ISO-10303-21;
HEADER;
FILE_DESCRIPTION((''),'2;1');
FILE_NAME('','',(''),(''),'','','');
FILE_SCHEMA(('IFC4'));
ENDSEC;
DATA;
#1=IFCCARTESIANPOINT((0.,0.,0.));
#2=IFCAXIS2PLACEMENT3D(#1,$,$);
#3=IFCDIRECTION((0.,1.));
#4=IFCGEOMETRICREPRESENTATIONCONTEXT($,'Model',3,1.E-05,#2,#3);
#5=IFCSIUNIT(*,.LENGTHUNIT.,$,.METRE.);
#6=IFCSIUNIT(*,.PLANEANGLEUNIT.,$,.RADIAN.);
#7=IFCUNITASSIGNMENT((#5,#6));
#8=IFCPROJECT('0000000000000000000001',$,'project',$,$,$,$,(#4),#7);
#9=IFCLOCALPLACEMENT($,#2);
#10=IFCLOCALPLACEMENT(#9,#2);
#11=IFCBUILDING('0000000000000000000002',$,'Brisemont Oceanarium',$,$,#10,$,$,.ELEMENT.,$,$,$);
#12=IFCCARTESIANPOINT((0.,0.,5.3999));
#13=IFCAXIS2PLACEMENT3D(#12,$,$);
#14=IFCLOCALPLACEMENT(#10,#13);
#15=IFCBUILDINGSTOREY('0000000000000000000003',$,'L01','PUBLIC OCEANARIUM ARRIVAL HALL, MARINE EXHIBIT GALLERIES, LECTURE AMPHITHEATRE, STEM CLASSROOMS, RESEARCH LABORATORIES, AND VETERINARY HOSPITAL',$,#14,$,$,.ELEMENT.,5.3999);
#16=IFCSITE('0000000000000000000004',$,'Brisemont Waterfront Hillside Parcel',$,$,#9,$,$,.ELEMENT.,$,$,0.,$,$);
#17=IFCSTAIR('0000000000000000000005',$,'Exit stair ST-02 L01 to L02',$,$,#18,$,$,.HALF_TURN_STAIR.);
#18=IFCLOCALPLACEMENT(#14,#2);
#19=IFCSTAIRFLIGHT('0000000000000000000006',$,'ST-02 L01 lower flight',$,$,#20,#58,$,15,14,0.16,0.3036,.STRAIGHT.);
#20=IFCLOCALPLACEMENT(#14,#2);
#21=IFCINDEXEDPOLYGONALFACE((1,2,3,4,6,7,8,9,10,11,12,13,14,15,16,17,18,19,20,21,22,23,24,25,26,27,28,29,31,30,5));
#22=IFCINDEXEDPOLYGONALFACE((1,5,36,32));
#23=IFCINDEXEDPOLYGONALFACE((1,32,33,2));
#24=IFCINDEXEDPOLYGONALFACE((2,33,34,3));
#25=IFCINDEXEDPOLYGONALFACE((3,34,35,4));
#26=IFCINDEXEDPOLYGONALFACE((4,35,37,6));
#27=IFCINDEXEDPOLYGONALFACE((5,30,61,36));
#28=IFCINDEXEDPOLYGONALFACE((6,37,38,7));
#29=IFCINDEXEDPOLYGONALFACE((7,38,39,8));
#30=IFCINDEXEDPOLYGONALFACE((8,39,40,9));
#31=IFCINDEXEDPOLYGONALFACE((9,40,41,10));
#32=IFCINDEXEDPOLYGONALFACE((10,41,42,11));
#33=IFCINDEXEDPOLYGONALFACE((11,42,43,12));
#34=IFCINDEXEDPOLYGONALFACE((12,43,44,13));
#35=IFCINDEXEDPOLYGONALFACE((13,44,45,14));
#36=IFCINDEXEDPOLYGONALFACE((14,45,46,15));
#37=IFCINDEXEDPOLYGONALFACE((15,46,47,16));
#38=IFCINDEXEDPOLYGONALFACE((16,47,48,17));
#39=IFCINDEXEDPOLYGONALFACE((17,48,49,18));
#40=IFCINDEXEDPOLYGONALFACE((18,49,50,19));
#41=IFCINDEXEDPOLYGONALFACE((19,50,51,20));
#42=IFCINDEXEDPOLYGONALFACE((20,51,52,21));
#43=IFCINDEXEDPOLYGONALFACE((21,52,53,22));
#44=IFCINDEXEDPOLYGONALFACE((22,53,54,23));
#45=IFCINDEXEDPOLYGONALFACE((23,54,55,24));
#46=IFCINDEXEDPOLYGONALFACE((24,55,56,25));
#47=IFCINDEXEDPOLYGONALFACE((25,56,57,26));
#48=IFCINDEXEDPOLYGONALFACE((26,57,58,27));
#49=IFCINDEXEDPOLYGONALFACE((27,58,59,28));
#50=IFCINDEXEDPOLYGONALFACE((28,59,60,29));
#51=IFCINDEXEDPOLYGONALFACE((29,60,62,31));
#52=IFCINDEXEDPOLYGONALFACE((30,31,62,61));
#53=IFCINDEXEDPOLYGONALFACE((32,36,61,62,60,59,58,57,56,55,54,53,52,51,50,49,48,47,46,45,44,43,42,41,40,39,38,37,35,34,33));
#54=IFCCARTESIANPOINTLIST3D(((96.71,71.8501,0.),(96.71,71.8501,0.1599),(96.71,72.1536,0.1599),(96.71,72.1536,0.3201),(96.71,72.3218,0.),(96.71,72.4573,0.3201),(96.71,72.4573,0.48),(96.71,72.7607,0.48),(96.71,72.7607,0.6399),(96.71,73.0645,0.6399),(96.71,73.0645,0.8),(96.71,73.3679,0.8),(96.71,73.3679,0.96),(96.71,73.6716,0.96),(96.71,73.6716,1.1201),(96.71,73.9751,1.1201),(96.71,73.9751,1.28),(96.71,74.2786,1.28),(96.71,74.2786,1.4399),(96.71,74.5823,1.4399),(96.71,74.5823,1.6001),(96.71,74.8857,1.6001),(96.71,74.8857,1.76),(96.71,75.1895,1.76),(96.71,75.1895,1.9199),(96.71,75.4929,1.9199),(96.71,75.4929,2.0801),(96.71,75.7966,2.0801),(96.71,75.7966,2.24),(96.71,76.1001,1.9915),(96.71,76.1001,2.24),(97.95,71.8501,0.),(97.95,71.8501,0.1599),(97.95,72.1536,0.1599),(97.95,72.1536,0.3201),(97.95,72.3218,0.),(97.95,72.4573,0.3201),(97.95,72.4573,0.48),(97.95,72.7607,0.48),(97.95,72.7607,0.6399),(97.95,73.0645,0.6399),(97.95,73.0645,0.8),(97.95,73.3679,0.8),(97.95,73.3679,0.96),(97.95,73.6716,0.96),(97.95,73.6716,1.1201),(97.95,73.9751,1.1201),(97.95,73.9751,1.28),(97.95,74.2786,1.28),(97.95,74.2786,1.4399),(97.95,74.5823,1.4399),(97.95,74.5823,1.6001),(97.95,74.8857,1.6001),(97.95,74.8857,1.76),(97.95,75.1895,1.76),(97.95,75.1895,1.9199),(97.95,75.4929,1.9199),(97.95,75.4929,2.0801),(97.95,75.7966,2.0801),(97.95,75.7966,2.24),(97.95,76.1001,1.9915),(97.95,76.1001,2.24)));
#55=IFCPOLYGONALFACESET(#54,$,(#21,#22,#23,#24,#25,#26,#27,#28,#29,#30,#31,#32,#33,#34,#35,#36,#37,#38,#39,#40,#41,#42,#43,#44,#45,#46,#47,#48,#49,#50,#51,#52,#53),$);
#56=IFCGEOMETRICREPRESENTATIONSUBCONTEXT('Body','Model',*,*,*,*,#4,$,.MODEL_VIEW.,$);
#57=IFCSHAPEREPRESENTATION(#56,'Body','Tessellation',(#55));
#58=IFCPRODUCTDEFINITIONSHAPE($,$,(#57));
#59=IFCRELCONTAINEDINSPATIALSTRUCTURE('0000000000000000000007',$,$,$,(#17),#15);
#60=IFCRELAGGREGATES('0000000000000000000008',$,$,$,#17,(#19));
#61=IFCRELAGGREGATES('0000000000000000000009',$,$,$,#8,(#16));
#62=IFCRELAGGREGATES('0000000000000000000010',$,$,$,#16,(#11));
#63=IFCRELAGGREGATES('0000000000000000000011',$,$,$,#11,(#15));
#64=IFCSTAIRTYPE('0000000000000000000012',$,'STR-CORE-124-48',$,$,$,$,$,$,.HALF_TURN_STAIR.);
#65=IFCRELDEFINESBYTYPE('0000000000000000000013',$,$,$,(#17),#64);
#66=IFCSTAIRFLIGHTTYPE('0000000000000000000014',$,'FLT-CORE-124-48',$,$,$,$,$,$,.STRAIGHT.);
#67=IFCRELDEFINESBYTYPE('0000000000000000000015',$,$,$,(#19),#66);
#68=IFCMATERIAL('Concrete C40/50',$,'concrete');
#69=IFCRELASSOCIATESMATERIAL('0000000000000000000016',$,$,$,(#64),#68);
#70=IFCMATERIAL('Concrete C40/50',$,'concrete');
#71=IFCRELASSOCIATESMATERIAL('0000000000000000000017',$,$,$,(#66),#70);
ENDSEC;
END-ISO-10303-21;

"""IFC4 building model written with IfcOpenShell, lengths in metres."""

from ifc_helpers import new_model, si_unit, direction, frame, origin, place, context, subcontext, project, spatial, polyline, outline, extrude, material, type_object, element, aggregate, save


model = new_model("IFC4")

# Units and contexts
model_context = context("Model", 3, precision=1e-05, world=origin(), true_north=direction((0.0, 1.0)))
body_context = subcontext(model_context, "Body", "Model", "MODEL_VIEW")
ifc_project = project(units=[si_unit("LENGTHUNIT", "METRE"), si_unit("PLANEANGLEUNIT", "RADIAN")], contexts=[model_context])

# Site, building, storey
site_placement = place(None, origin())
site = spatial("IfcSite", under=ifc_project, at=site_placement, Name="Brisemont Waterfront Hillside Parcel", CompositionType="ELEMENT", RefElevation=0.0)
building_placement = place(site_placement, origin())
building = spatial("IfcBuilding", under=site, at=building_placement, Name="Brisemont Oceanarium", CompositionType="ELEMENT")
storey_placement = place(building_placement, frame((0.0, 0.0, 5.3999)))
storey = spatial("IfcBuildingStorey", under=building, at=storey_placement, Name="L01", Description="PUBLIC OCEANARIUM ARRIVAL HALL, MARINE EXHIBIT GALLERIES, LECTURE AMPHITHEATRE, STEM CLASSROOMS, RESEARCH LABORATORIES, AND VETERINARY HOSPITAL", CompositionType="ELEMENT", Elevation=5.3999)

# Stair, stair flight
ifc_material_1 = material(Name="Concrete C40/50", Category="concrete")
stair_type = type_object("IfcStairType", Name="STR-CORE-124-48", PredefinedType="HALF_TURN_STAIR", material=ifc_material_1)
stair_placement = place(storey_placement, origin())
stair = element("IfcStair", 1, at=stair_placement, inside=storey, type_object=stair_type, Name="Exit stair ST-02 L01 to L02", PredefinedType="HALF_TURN_STAIR")
ifc_material_2 = material(Name="Concrete C40/50", Category="concrete")
stair_flight_type = type_object("IfcStairFlightType", Name="FLT-CORE-124-48", PredefinedType="STRAIGHT", material=ifc_material_2)
stair_flight_placement = place(storey_placement, frame((97.3301, 71.8501, 0.0), z_axis=(0.0, 0.0, 1.0), x_axis=(0.0, 1.0, 0.0)))
stair_flight = element("IfcStairFlight", 2, at=stair_flight_placement, type_object=stair_flight_type, Name="ST-02 L01 lower flight", NumberOfRisers=15, NumberOfTreads=14, PredefinedType="STRAIGHT", RiserHeight=0.16, TreadLength=0.3036, context=body_context, shape_type="SweptSolid", body=[
    extrude(outline(polyline([(0.0, 0.0), (0.0, 0.1599), (0.3035, 0.1599), (0.3035, 0.3201), (0.6072, 0.3201), (0.6072, 0.48), (0.9106, 0.48), (0.9106, 0.6399), (1.2144, 0.6399), (1.2144, 0.8), (1.5178, 0.8), (1.5178, 0.96), (1.8215, 0.96), (1.8215, 1.1201), (2.125, 1.1201), (2.125, 1.28), (2.4285, 1.28), (2.4285, 1.4399), (2.7322, 1.4399), (2.7322, 1.6001), (3.0356, 1.6001), (3.0356, 1.76), (3.3394, 1.76), (3.3394, 1.9199), (3.6428, 1.9199), (3.6428, 2.0801), (3.9465, 2.0801), (3.9465, 2.24), (4.25, 2.24), (4.25, 2.3999), (4.25, 1.9915), (0.4717, 0.0), (0.0, 0.0)])), frame((0.0, 0.6201, 0.0), z_axis=(0.0, -1.0, 0.0), x_axis=(1.0, 0.0, 0.0)), (0.0, 0.0, 1.0), 1.24),
])
aggregate(stair, [stair_flight])

save(model, "model.ifc")
